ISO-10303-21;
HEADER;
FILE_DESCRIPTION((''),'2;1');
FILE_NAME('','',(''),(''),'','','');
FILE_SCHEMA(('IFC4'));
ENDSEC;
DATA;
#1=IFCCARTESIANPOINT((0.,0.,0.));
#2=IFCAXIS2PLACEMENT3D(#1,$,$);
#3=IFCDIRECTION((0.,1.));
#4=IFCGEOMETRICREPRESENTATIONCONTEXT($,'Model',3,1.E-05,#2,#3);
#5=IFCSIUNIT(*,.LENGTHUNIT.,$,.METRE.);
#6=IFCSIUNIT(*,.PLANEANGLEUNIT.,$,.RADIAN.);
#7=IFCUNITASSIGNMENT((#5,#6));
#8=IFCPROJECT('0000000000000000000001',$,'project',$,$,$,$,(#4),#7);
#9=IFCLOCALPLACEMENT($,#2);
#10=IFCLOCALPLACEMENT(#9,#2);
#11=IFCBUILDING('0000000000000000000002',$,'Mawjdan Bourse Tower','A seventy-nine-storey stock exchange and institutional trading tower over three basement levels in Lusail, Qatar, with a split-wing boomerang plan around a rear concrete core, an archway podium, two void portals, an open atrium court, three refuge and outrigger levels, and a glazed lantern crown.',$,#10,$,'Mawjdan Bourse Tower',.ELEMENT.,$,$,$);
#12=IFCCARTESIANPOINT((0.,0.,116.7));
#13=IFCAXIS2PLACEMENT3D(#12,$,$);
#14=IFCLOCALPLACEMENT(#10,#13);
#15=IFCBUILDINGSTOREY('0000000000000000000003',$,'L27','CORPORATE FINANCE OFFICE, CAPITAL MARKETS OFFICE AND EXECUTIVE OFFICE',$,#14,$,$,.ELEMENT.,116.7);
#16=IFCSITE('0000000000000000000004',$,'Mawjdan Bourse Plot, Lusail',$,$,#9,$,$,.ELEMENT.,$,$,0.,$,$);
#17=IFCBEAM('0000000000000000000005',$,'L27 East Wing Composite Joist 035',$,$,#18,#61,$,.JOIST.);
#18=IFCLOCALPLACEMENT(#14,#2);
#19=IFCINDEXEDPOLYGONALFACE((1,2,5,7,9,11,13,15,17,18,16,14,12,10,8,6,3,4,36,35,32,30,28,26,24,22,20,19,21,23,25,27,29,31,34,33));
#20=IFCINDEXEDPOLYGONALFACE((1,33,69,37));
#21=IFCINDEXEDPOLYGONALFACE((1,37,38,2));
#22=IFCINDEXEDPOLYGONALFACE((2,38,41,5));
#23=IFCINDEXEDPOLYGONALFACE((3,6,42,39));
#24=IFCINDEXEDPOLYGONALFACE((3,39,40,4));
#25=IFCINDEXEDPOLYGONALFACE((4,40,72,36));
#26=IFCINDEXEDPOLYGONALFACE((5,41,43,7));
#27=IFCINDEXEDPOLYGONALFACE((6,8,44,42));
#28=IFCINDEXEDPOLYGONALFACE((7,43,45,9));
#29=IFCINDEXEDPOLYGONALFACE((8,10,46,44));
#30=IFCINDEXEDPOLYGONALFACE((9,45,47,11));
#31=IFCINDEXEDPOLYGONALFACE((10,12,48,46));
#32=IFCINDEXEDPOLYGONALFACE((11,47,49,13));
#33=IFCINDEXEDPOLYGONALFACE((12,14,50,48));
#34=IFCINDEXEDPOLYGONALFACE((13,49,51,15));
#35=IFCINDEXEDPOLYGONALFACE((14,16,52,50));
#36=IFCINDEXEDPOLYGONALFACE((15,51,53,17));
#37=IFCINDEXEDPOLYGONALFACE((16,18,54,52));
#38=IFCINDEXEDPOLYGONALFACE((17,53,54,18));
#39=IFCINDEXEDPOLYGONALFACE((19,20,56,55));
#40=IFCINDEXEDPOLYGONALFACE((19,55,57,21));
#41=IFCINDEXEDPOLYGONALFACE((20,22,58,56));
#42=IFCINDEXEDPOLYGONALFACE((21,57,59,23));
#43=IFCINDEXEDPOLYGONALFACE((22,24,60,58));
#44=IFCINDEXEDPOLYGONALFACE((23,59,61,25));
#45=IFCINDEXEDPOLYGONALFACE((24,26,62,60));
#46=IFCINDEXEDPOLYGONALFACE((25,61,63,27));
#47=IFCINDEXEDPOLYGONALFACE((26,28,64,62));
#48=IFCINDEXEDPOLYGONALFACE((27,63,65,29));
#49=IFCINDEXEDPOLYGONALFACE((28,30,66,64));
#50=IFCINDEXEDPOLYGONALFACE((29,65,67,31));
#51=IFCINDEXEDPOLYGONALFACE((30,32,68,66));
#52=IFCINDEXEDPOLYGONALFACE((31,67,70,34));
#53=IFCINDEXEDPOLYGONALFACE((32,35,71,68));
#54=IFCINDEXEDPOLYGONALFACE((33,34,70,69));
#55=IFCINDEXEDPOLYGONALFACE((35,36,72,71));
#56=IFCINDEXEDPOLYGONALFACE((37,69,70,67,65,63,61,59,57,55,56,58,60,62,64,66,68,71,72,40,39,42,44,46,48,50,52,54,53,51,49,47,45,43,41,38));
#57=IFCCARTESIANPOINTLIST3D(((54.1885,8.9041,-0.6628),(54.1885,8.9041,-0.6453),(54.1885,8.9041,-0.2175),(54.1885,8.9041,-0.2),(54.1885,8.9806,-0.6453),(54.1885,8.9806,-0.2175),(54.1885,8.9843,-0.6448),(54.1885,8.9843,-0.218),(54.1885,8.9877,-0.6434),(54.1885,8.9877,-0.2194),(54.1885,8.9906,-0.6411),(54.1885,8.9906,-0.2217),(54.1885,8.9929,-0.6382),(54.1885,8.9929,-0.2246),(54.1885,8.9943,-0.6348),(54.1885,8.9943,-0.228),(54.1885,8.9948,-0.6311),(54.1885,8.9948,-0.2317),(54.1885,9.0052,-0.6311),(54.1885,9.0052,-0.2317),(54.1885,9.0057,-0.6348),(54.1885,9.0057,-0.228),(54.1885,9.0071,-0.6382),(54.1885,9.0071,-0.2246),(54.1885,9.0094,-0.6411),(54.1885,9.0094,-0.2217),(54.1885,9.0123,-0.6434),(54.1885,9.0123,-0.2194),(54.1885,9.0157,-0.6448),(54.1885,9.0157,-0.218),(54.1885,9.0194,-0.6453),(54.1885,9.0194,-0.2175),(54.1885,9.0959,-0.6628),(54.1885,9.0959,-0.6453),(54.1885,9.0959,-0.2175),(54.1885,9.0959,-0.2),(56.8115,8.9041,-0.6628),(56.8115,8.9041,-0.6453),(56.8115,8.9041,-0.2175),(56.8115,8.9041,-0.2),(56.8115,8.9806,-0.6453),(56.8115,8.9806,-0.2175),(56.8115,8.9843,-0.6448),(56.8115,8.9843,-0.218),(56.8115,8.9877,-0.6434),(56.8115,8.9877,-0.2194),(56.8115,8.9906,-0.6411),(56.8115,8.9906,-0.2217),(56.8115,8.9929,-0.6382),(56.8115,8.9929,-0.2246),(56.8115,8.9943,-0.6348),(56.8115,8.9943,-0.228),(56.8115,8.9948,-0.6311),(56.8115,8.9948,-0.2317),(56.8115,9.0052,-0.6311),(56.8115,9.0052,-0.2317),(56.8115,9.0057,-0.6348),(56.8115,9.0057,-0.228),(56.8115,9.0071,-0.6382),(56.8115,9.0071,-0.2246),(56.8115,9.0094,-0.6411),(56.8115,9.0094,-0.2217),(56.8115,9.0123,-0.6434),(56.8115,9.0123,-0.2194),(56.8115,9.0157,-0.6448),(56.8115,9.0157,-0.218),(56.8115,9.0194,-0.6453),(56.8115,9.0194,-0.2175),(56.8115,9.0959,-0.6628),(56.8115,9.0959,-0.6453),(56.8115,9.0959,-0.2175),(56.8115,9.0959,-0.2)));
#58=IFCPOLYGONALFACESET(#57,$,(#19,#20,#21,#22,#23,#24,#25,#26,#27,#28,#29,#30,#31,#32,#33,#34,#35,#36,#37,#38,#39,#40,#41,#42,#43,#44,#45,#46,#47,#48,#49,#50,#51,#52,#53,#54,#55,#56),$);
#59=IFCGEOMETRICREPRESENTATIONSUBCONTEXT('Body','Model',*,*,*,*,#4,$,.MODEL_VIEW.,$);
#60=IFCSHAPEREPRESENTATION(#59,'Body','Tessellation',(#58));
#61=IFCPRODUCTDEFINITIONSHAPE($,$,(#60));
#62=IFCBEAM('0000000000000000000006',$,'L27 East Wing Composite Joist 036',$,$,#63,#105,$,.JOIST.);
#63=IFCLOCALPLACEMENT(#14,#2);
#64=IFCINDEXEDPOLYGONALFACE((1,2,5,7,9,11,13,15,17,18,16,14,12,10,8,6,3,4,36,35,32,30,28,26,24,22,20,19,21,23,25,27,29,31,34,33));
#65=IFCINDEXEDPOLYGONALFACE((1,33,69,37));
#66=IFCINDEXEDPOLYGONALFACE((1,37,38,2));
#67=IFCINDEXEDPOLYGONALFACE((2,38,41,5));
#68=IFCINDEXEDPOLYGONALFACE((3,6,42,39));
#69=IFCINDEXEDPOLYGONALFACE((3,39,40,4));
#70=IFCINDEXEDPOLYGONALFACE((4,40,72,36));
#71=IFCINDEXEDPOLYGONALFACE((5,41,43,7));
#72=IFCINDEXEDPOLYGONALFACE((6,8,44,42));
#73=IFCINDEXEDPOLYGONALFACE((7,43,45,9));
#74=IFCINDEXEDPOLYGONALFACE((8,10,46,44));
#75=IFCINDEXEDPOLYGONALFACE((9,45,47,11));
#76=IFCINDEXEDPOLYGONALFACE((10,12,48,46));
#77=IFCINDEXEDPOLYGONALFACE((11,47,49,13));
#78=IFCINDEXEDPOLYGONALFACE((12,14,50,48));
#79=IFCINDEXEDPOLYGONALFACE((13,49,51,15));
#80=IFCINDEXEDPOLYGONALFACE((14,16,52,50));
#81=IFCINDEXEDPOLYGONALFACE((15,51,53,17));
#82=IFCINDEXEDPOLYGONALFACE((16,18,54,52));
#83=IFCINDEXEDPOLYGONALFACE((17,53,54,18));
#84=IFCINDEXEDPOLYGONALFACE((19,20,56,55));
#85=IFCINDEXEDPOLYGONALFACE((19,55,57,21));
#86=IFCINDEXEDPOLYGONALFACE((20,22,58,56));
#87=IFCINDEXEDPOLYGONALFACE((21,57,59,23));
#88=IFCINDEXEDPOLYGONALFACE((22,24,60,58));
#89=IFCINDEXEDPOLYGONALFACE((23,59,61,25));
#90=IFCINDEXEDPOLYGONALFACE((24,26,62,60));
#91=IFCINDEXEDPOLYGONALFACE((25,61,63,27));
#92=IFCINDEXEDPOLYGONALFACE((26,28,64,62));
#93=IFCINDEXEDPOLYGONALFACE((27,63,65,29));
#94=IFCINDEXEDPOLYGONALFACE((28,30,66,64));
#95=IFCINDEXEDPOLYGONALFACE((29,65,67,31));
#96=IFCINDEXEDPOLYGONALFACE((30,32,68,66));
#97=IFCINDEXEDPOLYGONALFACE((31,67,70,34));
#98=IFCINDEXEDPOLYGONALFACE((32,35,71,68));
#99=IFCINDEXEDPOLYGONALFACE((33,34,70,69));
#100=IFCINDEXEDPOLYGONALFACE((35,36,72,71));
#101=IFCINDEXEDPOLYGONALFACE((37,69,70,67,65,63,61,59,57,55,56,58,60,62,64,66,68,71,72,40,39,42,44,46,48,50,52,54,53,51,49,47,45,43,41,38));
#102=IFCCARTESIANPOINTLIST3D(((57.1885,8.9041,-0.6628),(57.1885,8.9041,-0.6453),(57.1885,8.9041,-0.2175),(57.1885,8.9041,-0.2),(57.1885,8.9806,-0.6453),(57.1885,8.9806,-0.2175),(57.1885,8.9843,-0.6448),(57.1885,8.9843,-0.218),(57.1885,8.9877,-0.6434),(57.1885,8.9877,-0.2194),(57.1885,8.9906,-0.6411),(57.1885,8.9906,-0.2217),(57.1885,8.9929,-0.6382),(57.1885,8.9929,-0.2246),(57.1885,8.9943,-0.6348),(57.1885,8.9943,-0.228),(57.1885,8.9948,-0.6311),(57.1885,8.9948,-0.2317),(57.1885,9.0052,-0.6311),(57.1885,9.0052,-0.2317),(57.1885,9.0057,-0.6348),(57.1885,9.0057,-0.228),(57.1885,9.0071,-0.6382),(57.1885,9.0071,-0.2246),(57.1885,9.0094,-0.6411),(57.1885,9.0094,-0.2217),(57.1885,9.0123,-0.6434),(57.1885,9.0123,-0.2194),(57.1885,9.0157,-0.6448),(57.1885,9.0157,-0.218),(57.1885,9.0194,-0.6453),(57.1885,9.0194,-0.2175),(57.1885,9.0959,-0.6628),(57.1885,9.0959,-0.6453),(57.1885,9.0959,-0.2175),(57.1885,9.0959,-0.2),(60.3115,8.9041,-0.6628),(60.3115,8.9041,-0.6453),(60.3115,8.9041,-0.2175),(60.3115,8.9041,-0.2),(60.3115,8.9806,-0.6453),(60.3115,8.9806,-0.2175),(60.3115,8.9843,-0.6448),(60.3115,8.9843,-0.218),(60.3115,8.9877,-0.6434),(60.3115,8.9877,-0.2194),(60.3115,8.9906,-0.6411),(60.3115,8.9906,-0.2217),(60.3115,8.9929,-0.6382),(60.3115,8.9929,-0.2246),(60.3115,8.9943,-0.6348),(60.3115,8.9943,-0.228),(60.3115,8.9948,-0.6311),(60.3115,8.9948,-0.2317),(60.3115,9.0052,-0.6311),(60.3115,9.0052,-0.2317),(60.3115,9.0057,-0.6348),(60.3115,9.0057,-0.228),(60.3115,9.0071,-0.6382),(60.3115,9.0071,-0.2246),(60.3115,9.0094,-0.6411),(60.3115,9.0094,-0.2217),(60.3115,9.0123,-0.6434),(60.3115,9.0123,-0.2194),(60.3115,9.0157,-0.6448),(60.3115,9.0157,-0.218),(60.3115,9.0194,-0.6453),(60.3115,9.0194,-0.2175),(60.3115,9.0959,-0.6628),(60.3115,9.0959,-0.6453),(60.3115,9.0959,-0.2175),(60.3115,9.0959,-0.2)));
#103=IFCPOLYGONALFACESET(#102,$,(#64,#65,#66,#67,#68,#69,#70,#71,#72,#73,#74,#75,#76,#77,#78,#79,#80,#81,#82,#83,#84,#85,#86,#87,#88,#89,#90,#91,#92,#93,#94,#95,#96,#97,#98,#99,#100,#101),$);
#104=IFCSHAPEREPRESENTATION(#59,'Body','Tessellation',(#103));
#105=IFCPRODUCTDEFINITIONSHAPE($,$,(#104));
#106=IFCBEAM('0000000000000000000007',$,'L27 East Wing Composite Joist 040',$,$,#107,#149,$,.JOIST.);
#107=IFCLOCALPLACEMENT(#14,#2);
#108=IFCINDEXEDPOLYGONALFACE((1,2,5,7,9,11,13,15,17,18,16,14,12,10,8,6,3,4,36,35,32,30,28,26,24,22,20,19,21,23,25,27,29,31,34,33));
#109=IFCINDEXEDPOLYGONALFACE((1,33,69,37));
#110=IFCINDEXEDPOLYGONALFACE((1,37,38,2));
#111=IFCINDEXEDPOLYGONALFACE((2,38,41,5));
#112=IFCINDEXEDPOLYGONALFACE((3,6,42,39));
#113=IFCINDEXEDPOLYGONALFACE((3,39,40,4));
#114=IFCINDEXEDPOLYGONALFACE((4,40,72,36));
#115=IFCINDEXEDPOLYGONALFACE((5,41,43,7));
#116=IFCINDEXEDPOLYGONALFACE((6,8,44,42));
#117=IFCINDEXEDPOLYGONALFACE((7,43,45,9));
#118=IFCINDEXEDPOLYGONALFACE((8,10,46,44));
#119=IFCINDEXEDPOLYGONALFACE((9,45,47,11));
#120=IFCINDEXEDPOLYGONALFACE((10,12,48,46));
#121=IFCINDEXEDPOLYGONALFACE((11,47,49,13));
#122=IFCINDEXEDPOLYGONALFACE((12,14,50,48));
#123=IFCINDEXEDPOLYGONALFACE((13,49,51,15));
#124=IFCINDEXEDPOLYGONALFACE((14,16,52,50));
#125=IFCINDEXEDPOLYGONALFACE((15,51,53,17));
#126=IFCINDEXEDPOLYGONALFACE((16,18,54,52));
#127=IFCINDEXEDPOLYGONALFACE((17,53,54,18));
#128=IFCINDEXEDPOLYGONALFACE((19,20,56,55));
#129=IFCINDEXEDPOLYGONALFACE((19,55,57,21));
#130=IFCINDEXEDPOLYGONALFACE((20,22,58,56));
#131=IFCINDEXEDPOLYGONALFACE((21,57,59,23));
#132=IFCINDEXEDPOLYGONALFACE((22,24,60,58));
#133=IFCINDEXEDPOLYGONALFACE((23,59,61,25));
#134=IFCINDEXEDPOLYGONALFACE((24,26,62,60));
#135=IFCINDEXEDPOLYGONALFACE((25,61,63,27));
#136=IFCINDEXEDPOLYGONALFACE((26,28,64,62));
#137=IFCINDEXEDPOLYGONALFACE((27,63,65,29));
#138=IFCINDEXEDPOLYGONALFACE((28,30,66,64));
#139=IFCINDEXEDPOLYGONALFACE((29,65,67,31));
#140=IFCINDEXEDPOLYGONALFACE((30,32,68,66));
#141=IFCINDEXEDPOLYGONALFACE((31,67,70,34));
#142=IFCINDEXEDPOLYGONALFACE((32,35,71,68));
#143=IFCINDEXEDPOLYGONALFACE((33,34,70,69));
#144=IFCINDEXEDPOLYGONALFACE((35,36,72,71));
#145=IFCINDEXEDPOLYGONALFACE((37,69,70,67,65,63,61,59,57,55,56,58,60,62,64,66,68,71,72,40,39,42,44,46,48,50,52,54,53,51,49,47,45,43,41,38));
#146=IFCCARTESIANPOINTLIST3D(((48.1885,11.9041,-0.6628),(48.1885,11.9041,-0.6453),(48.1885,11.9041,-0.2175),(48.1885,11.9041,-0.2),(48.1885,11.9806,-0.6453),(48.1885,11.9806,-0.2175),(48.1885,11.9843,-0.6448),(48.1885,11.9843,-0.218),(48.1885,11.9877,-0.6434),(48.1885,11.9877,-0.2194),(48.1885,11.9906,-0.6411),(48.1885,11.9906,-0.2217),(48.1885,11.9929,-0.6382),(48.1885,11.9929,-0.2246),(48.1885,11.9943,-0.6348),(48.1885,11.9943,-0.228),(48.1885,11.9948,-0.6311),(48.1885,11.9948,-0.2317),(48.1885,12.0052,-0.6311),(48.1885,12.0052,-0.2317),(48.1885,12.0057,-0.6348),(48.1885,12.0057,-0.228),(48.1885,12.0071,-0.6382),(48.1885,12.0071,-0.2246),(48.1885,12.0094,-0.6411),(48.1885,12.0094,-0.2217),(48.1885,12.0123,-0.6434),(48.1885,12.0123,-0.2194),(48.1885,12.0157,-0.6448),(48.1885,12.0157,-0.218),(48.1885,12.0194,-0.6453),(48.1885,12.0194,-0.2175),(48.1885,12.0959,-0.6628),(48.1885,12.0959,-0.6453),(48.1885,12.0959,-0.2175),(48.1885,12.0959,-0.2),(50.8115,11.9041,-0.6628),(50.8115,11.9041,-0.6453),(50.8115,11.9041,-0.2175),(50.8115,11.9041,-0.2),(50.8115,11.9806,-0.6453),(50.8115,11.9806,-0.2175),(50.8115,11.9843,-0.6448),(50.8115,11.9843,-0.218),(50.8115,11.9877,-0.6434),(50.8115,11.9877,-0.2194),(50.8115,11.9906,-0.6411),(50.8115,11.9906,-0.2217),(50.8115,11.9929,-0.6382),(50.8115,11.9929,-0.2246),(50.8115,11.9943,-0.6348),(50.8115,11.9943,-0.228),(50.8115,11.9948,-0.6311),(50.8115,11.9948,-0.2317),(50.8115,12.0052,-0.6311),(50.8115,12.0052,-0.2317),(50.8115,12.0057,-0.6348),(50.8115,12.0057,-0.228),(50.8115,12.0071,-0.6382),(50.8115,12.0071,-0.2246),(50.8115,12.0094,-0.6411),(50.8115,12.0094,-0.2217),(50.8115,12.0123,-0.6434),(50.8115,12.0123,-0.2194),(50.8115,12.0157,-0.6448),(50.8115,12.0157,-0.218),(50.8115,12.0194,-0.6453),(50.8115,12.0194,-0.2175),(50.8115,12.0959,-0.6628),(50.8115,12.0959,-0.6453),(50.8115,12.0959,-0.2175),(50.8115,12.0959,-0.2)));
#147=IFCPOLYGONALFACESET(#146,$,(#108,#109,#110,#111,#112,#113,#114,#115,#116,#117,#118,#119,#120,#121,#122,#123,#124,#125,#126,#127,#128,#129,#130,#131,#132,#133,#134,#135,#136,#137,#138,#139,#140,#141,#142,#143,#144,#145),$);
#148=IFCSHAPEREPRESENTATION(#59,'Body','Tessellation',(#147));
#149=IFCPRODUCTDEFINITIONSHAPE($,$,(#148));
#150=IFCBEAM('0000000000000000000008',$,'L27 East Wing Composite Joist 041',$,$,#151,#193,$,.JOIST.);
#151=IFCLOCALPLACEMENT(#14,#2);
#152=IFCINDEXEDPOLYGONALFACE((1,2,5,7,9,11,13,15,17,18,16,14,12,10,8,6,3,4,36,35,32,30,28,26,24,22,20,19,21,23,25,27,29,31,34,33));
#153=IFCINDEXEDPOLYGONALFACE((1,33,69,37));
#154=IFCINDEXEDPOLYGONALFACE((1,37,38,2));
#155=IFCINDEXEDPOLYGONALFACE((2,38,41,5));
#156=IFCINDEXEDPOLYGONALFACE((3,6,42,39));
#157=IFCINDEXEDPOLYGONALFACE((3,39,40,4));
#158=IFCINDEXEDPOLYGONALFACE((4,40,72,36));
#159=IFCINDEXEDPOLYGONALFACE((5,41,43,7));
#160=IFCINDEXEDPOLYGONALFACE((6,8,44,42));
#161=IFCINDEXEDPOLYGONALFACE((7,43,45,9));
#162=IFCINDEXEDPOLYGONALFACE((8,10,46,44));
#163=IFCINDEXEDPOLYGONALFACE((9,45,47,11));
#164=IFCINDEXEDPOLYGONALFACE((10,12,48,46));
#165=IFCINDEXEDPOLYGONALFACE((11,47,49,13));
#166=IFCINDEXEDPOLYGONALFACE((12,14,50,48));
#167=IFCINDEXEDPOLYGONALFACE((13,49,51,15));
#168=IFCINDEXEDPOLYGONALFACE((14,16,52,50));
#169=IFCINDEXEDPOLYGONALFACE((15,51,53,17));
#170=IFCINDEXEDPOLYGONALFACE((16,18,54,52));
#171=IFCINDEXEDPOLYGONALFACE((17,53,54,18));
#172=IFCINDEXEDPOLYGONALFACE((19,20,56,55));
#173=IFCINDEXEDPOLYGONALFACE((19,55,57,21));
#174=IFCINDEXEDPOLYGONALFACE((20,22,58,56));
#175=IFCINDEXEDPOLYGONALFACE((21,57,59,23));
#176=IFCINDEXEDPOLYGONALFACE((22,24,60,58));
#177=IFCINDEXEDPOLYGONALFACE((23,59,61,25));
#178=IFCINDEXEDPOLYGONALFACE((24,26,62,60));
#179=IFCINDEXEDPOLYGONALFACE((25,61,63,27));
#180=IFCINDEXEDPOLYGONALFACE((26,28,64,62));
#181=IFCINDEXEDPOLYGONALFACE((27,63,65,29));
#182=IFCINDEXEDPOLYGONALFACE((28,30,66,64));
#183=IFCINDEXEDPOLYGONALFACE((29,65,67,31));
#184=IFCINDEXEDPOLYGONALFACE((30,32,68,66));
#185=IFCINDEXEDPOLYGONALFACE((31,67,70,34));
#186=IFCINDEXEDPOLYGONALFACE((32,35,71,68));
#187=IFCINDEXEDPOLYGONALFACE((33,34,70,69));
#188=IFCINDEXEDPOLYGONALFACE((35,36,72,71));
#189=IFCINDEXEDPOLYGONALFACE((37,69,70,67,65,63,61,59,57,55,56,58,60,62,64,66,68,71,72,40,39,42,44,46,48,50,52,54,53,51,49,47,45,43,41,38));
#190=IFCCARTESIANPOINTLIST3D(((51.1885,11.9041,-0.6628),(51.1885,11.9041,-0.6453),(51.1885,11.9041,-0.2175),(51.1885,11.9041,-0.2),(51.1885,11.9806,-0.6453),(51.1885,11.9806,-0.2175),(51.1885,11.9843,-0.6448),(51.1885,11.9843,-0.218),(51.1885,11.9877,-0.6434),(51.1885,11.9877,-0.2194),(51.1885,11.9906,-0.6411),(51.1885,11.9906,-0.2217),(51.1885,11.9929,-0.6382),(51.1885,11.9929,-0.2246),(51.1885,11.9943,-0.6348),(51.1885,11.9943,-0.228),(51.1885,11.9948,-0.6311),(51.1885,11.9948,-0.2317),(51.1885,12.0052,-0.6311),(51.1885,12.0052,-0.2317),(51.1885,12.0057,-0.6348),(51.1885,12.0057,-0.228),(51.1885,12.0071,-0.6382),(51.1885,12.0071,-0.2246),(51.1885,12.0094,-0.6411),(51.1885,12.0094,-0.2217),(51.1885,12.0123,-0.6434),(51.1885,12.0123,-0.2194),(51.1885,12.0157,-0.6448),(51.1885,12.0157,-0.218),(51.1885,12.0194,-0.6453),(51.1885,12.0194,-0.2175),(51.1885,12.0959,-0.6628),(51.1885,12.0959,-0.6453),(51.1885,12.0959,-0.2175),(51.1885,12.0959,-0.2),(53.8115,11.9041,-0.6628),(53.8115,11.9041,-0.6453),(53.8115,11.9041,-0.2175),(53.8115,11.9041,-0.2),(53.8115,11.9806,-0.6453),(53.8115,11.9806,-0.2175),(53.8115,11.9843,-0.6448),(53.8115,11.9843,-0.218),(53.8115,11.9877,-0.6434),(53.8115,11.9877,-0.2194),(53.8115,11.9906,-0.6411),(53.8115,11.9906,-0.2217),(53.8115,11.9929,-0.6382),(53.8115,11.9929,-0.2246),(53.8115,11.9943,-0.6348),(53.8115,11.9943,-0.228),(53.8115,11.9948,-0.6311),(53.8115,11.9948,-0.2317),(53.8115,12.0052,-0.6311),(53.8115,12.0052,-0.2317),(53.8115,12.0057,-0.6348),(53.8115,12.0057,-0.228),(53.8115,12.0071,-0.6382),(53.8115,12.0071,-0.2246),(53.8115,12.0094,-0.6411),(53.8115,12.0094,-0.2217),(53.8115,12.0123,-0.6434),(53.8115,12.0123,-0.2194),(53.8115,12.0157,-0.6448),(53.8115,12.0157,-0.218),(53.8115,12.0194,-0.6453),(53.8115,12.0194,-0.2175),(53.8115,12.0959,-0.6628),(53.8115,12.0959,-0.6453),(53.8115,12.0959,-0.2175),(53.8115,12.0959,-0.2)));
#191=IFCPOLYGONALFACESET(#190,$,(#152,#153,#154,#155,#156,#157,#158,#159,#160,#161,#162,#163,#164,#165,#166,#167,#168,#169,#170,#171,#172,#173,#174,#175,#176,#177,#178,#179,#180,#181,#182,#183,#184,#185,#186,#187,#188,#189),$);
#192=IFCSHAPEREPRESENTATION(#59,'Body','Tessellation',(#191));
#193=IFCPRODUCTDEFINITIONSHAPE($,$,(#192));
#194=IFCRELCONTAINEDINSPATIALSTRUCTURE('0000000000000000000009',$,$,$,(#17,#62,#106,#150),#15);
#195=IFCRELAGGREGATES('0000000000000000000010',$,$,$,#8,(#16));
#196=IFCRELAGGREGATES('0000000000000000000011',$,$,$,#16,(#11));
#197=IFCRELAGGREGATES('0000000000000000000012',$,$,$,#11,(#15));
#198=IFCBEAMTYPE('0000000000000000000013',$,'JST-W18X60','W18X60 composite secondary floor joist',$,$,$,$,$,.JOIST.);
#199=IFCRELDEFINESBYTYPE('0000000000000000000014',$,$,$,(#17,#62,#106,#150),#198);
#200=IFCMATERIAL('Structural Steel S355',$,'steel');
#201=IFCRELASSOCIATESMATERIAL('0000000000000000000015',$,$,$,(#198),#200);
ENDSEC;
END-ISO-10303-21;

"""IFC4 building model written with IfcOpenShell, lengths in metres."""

from ifc_helpers import new_model, si_unit, direction, frame, origin, origin_2d, place, context, subcontext, project, spatial, i_section, extrude, material, material_profile, profile_set, type_object, element, save


model = new_model("IFC4")

# Units and contexts
model_context = context("Model", 3, precision=1e-05, world=origin(), true_north=direction((0.0, 1.0)))
body_context = subcontext(model_context, "Body", "Model", "MODEL_VIEW")
ifc_project = project(units=[si_unit("LENGTHUNIT", "METRE"), si_unit("PLANEANGLEUNIT", "RADIAN")], contexts=[model_context])

# Site, building, storey
site_placement = place(None, origin())
site = spatial("IfcSite", under=ifc_project, at=site_placement, Name="Mawjdan Bourse Plot, Lusail", CompositionType="ELEMENT", RefElevation=0.0)
building_placement = place(site_placement, origin())
building = spatial("IfcBuilding", under=site, at=building_placement, Name="Mawjdan Bourse Tower", Description="A seventy-nine-storey stock exchange and institutional trading tower over three basement levels in Lusail, Qatar, with a split-wing boomerang plan around a rear concrete core, an archway podium, two void portals, an open atrium court, three refuge and outrigger levels, and a glazed lantern crown.", LongName="Mawjdan Bourse Tower", CompositionType="ELEMENT")
storey_placement = place(building_placement, frame((0.0, 0.0, 116.7)))
storey = spatial("IfcBuildingStorey", under=building, at=storey_placement, Name="L27", Description="CORPORATE FINANCE OFFICE, CAPITAL MARKETS OFFICE AND EXECUTIVE OFFICE", CompositionType="ELEMENT", Elevation=116.7)

# Beams
ifc_material_1 = material(Name="Structural Steel S355", Category="steel")
ifc_material_profile_1 = material_profile(ifc_material_1, i_section(OverallWidth=0.1919, OverallDepth=0.4629, WebThickness=0.0105, FlangeThickness=0.0176, FilletRadius=0.0142, at=origin_2d()), Name="W18X60")
ifc_profile_set_1 = profile_set([ifc_material_profile_1], Name="Structural Steel S355")
beam_type_1 = type_object("IfcBeamType", Name="JST-W18X60", Description="W18X60 composite secondary floor joist", PredefinedType="JOIST", material=ifc_profile_set_1)
for number, where, z_axis, x_axis, name in (
    (1, (54.1885, 9.0, -0.4314), (1.0, 0.0, 0.0), (0.0, 1.0, 0.0), "L27 East Wing Composite Joist 035"),
):
    element("IfcBeam", number, at=place(storey_placement, frame(where, z_axis=z_axis, x_axis=x_axis)), inside=storey, type_object=beam_type_1, Name=name, PredefinedType="JOIST", context=body_context, shape_type="SweptSolid", body=[
        extrude(i_section(OverallWidth=0.1919, OverallDepth=0.4629, WebThickness=0.0105, FlangeThickness=0.0176, FilletRadius=0.0142, at=origin_2d()), origin(), (0.0, 0.0, 1.0), 2.623),
    ])
beam_1_placement = place(storey_placement, frame((57.1885, 9.0, -0.4314), z_axis=(1.0, 0.0, 0.0), x_axis=(0.0, 1.0, 0.0)))
element("IfcBeam", 2, at=beam_1_placement, inside=storey, type_object=beam_type_1, Name="L27 East Wing Composite Joist 036", PredefinedType="JOIST", context=body_context, shape_type="SweptSolid", body=[
    extrude(i_section(OverallWidth=0.1919, OverallDepth=0.4629, WebThickness=0.0105, FlangeThickness=0.0176, FilletRadius=0.0142, at=origin_2d()), origin(), (0.0, 0.0, 1.0), 3.123),
])
for number, where, z_axis, x_axis, name in (
    (3, (48.1885, 12.0, -0.4314), (1.0, 0.0, 0.0), (0.0, 1.0, 0.0), "L27 East Wing Composite Joist 040"),
    (4, (51.1885, 12.0, -0.4314), (1.0, 0.0, 0.0), (0.0, 1.0, 0.0), "L27 East Wing Composite Joist 041"),
):
    element("IfcBeam", number, at=place(storey_placement, frame(where, z_axis=z_axis, x_axis=x_axis)), inside=storey, type_object=beam_type_1, Name=name, PredefinedType="JOIST", context=body_context, shape_type="SweptSolid", body=[
        extrude(i_section(OverallWidth=0.1919, OverallDepth=0.4629, WebThickness=0.0105, FlangeThickness=0.0176, FilletRadius=0.0142, at=origin_2d()), origin(), (0.0, 0.0, 1.0), 2.623),
    ])

save(model, "model.ifc")
